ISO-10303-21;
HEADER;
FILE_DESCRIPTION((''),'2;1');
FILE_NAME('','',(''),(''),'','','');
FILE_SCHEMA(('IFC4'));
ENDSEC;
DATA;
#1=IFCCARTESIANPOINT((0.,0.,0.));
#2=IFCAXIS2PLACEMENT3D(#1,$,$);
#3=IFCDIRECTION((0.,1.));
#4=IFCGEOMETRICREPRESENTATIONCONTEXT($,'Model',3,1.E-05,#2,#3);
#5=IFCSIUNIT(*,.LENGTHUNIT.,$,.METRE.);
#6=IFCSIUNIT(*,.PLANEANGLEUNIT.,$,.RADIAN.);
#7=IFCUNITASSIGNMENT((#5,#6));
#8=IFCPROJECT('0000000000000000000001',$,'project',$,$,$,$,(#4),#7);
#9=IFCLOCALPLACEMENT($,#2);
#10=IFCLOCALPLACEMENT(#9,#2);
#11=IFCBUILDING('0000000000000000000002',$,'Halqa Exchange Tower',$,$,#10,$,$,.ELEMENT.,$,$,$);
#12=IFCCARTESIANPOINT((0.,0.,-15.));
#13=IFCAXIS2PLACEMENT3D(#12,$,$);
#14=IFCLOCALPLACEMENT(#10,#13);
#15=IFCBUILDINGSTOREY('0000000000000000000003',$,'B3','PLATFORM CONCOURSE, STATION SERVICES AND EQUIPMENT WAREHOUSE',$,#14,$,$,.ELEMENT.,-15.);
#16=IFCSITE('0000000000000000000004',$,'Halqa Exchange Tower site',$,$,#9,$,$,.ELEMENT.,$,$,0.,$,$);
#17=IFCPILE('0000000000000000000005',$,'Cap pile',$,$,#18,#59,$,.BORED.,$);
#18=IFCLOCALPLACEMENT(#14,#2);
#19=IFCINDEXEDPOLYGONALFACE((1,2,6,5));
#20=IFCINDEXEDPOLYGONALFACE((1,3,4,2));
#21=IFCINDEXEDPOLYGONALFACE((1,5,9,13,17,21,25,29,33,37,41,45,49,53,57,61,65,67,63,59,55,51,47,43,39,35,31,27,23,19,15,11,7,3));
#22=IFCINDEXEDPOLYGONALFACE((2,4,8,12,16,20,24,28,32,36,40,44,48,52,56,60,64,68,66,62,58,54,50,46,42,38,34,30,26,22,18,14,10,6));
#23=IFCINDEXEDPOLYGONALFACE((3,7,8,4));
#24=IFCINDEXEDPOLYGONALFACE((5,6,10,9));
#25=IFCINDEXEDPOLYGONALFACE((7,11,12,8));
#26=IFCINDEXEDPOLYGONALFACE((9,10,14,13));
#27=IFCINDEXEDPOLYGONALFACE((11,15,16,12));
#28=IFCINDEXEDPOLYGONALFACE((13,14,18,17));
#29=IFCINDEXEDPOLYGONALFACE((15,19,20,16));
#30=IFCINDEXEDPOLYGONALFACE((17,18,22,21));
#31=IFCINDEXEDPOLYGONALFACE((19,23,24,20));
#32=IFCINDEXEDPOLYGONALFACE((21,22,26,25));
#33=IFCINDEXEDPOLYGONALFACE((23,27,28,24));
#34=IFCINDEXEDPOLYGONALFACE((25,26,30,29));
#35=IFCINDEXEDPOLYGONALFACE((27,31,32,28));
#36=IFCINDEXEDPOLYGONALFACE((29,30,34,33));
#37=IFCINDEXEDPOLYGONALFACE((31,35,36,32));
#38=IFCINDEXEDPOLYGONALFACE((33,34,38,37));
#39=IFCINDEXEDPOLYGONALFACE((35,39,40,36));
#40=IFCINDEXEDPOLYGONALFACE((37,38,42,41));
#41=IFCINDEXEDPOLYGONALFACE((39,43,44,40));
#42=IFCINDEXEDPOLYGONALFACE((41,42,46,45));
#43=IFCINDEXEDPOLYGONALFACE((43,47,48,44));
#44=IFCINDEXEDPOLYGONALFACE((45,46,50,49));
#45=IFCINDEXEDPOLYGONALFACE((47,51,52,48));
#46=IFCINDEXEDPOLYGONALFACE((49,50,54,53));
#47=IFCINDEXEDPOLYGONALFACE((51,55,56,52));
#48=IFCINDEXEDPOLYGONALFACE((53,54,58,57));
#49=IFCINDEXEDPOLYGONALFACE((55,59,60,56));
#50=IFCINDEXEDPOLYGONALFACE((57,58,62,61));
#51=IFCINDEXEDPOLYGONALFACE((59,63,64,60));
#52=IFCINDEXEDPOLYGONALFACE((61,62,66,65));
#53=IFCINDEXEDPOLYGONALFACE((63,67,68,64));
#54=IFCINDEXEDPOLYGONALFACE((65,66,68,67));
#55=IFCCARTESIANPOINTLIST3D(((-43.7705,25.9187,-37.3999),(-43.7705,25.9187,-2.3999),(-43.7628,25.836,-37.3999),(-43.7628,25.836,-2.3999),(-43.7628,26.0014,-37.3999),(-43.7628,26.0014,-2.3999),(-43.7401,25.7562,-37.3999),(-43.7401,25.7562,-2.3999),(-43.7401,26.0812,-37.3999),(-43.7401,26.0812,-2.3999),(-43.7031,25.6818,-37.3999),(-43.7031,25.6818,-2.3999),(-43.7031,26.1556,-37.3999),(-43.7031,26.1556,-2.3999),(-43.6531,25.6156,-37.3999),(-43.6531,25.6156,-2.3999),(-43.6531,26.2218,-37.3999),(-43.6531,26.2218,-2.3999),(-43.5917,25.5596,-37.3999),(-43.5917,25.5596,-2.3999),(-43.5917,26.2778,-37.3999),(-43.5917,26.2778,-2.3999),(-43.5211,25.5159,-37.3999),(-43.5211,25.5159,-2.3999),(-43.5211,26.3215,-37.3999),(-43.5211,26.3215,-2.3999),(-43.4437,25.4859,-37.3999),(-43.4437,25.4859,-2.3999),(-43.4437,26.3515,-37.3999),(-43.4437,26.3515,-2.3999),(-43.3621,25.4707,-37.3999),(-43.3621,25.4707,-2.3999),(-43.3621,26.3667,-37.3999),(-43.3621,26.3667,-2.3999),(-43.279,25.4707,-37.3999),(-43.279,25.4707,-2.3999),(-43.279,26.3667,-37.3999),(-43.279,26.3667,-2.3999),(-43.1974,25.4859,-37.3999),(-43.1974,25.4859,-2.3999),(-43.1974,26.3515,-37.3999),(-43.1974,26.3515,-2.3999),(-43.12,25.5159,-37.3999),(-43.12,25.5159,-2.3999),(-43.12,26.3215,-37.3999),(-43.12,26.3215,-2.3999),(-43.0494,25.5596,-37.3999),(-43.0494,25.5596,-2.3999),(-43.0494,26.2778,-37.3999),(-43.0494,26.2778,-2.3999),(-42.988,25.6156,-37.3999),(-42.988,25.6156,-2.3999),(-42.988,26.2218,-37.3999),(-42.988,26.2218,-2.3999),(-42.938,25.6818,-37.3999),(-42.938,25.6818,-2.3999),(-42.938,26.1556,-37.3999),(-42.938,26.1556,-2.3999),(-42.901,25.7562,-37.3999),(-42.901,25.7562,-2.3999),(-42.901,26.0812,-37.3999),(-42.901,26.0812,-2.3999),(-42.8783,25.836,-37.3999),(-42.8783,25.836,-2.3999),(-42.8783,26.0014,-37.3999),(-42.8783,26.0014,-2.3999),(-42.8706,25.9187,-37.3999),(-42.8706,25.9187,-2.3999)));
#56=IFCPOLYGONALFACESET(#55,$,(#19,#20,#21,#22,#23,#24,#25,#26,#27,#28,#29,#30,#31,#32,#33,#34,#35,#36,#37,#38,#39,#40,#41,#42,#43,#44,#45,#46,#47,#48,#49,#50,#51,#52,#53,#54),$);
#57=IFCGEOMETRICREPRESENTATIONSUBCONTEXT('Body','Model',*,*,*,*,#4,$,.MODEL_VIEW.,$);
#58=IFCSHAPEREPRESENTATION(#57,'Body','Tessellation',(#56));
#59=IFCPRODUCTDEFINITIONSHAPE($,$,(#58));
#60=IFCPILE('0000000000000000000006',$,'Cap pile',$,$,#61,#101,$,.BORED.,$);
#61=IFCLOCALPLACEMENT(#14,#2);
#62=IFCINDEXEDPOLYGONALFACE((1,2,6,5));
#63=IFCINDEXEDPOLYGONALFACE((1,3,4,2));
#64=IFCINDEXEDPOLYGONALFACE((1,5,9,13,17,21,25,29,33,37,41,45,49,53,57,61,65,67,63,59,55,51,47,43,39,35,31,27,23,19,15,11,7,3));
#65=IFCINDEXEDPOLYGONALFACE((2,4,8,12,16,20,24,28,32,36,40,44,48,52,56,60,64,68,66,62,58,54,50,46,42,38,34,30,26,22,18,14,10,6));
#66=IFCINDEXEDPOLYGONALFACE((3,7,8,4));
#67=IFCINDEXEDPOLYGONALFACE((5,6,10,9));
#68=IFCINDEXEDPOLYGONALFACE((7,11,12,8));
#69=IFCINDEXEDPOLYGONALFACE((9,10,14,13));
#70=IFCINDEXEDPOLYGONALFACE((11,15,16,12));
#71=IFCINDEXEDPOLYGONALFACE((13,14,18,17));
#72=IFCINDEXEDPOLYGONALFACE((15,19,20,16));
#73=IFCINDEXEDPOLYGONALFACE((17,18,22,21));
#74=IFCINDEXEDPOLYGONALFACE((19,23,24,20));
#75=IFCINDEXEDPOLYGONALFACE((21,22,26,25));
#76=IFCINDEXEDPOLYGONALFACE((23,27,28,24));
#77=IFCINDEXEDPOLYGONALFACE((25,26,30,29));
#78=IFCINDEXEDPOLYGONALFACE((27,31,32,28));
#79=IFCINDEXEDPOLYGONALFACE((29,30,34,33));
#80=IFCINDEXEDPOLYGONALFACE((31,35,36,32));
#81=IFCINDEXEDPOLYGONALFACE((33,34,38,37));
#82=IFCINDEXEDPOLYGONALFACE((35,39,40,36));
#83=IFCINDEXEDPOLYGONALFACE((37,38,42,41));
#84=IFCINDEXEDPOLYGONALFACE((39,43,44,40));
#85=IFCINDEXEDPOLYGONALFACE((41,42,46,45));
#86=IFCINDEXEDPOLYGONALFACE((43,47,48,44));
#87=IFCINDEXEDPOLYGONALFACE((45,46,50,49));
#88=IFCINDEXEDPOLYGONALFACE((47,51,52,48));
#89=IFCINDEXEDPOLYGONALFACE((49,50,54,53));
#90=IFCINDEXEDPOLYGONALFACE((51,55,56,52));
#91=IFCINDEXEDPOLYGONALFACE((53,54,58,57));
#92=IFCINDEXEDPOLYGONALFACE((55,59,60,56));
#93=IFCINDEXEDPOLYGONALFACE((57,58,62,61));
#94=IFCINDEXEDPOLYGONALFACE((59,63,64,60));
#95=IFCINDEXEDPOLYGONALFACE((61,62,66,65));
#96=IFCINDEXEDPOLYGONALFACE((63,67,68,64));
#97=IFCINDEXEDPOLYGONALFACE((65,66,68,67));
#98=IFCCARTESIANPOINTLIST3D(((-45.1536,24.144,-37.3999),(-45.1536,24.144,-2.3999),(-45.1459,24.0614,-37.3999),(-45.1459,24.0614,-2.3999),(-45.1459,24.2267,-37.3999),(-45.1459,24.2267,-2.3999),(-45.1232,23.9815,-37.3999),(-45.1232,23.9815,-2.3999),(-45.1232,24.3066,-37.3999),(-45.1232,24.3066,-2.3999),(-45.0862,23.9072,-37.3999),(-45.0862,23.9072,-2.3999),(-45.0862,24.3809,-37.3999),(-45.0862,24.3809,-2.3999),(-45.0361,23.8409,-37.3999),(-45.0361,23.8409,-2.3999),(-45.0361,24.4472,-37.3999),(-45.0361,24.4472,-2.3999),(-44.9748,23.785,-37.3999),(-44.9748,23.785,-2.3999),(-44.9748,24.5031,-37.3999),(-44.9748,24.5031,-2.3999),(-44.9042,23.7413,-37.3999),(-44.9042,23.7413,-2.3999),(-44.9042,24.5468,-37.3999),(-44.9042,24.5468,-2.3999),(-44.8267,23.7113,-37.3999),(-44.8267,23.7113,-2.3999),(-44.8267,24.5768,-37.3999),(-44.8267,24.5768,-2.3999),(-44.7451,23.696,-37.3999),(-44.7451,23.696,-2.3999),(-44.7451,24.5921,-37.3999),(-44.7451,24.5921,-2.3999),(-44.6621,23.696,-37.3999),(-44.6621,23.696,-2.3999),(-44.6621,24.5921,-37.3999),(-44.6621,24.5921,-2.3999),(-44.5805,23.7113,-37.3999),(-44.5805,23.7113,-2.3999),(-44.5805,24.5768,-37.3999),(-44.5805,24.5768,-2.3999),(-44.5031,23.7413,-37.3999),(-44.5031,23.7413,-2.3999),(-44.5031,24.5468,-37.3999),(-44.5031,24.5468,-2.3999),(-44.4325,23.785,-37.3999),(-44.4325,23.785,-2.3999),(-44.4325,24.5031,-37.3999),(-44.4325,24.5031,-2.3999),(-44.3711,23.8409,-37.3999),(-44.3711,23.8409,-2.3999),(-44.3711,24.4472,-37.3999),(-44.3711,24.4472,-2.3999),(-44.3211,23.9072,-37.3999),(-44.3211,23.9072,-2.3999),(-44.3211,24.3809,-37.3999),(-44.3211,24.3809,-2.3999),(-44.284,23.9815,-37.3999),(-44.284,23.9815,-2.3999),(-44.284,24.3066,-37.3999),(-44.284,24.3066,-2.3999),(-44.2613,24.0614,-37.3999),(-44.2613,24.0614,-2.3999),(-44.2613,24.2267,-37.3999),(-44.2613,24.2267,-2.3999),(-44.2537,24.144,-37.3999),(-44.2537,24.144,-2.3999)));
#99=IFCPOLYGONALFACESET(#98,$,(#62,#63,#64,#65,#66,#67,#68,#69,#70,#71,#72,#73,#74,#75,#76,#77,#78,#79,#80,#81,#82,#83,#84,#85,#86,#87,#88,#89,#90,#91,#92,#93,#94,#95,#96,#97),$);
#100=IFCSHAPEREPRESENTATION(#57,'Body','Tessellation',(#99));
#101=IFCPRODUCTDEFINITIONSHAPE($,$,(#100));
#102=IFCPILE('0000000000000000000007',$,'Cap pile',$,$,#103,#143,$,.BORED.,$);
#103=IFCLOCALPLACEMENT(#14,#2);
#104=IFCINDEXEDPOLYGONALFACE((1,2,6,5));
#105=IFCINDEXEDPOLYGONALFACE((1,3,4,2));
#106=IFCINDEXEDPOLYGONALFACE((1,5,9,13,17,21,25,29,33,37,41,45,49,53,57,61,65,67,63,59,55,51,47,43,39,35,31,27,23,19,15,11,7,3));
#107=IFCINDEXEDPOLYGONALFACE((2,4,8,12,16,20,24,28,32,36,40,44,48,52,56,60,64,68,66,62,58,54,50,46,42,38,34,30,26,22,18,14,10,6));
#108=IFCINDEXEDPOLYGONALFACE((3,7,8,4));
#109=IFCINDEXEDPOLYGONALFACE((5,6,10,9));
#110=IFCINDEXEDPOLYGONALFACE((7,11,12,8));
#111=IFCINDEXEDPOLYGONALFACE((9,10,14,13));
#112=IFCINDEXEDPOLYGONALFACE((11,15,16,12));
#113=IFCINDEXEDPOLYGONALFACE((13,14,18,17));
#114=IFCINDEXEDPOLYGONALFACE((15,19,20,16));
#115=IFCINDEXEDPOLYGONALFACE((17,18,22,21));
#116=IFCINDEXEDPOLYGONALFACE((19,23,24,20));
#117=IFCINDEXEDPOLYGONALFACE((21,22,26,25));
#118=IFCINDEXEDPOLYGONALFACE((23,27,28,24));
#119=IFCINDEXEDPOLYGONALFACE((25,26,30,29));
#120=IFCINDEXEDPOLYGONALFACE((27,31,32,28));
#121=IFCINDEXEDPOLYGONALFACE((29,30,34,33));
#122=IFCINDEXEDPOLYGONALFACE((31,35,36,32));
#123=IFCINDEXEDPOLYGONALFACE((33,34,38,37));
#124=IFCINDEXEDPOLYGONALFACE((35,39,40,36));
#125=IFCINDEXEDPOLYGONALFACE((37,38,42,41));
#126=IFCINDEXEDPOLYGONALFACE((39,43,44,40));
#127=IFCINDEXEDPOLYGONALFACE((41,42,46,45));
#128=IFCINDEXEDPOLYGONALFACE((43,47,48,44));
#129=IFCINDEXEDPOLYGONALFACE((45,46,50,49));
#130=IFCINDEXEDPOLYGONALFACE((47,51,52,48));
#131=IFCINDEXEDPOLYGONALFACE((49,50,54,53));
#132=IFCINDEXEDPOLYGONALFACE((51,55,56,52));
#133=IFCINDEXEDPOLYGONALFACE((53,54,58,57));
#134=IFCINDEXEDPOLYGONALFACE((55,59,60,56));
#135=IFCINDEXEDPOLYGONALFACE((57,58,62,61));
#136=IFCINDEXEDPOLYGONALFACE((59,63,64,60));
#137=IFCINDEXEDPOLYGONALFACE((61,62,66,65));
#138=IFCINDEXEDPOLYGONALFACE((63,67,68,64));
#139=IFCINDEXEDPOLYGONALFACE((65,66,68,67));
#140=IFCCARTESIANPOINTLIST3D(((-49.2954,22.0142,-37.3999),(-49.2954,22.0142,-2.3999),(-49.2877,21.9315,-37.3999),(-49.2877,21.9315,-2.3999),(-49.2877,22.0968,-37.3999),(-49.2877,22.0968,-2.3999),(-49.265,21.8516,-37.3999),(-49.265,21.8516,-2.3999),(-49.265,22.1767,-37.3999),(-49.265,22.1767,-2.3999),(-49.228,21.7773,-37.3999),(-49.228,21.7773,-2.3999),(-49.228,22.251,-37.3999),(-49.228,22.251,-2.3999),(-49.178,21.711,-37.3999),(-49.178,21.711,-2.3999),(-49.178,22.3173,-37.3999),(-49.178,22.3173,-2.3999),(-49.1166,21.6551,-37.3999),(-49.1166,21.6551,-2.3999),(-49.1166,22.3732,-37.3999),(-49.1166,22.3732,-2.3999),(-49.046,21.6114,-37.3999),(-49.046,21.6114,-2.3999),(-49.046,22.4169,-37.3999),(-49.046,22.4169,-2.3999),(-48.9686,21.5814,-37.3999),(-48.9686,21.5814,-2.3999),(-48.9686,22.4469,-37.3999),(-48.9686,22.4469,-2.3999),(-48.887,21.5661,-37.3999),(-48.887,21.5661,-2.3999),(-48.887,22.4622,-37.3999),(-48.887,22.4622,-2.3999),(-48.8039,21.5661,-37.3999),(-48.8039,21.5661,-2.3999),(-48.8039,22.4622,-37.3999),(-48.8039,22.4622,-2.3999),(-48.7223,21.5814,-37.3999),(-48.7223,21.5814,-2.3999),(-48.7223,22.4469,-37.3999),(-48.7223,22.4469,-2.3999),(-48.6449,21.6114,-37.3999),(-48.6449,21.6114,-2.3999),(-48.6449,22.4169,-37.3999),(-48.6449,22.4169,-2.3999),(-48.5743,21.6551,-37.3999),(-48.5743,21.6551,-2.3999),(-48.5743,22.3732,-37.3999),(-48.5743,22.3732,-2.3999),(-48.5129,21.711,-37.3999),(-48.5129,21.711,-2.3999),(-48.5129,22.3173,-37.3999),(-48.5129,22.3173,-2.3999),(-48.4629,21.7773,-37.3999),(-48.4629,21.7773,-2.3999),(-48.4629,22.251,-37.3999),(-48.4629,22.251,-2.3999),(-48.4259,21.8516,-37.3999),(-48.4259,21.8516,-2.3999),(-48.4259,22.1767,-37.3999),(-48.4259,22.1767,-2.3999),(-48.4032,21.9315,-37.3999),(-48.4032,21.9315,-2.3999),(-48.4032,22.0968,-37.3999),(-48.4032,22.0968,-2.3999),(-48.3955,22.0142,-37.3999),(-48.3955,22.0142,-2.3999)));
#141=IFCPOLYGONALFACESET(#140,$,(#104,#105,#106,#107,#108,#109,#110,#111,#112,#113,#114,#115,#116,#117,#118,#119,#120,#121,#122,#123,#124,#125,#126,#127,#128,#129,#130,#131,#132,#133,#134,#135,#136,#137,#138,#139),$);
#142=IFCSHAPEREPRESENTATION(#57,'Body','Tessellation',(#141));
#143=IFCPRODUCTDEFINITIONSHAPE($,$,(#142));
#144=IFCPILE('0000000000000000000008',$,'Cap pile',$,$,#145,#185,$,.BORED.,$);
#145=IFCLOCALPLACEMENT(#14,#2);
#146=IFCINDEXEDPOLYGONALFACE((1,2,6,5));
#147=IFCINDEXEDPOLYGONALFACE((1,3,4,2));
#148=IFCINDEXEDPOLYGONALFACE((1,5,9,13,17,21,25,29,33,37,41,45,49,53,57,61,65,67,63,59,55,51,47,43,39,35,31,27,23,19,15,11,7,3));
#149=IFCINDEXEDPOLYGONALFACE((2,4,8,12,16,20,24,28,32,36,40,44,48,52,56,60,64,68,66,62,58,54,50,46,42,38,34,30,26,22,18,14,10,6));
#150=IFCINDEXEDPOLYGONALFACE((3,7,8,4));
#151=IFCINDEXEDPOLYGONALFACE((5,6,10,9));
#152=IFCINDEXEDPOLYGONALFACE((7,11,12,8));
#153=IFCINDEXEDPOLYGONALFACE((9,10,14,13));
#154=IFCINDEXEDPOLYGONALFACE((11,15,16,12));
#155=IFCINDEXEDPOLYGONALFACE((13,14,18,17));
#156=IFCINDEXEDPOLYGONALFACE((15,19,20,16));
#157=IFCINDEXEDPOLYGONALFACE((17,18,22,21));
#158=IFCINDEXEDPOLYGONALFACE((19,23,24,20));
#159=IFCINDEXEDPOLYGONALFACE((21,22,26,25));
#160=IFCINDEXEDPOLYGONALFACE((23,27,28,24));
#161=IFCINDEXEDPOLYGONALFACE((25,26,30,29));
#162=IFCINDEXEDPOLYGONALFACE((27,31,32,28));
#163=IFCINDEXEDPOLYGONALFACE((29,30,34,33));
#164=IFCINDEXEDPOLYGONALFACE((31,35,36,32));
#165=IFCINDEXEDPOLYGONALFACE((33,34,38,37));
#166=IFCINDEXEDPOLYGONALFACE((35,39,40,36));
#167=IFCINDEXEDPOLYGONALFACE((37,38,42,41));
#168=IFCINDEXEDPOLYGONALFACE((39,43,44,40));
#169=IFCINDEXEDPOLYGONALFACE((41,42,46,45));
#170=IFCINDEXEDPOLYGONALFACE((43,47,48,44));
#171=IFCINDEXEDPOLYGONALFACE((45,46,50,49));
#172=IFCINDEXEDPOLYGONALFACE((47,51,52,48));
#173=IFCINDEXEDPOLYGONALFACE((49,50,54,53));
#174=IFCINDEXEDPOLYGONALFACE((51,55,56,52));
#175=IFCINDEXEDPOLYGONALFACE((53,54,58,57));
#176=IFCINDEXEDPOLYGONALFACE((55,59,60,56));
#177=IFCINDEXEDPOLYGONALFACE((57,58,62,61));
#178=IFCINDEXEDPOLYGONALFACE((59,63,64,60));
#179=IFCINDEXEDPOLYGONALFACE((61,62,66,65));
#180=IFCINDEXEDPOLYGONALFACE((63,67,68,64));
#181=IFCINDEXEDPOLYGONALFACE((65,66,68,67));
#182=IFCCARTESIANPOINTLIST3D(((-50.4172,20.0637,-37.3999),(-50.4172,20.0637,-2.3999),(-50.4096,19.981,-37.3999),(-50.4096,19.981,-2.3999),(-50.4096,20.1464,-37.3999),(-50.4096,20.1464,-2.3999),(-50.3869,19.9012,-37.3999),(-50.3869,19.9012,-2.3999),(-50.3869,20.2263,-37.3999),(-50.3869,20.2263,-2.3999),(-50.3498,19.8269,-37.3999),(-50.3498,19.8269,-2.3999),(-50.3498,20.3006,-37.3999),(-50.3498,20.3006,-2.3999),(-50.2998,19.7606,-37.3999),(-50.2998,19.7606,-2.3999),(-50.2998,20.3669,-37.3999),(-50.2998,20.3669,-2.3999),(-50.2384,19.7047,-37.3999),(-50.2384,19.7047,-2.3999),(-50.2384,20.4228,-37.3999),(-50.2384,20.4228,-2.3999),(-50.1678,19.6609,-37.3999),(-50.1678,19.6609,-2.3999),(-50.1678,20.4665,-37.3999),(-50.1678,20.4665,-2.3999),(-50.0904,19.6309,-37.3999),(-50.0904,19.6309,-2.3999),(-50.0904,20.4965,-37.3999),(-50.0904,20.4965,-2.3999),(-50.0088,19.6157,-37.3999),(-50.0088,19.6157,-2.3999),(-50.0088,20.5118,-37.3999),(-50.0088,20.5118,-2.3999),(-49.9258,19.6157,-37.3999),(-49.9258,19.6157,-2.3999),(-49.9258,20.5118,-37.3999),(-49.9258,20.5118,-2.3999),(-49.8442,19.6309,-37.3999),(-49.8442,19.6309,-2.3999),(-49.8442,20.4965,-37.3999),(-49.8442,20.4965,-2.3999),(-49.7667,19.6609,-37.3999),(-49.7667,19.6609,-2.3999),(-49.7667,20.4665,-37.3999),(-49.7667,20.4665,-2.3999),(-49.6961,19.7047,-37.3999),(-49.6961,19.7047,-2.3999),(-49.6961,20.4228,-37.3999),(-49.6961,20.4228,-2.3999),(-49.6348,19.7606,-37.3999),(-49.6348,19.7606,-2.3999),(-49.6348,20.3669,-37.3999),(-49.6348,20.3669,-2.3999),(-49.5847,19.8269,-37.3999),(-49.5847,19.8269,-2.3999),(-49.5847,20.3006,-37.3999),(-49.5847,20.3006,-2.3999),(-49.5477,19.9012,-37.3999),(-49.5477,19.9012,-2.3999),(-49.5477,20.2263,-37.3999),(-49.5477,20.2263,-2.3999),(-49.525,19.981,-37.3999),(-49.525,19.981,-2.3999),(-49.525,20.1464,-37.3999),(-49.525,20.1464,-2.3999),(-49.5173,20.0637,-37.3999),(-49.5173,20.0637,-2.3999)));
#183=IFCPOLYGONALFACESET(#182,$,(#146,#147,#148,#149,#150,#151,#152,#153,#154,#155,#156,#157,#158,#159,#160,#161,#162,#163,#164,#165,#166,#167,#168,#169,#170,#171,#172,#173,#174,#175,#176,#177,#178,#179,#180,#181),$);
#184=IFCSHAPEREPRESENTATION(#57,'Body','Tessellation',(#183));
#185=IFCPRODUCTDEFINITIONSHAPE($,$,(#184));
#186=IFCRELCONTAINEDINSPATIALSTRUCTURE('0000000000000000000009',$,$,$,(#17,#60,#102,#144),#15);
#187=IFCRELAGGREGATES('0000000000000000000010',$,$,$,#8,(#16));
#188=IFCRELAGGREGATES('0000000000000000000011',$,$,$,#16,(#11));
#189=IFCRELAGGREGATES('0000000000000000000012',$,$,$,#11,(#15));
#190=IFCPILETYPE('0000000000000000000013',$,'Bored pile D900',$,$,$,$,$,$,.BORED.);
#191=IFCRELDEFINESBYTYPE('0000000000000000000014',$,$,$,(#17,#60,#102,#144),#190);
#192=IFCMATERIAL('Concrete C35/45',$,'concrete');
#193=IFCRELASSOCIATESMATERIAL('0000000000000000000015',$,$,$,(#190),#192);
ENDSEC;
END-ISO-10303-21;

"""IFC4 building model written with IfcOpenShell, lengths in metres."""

from ifc_helpers import new_model, si_unit, direction, frame, origin, origin_2d, place, context, subcontext, project, spatial, circle, extrude, material, material_profile, profile_set, type_object, element, save


model = new_model("IFC4")

# Units and contexts
model_context = context("Model", 3, precision=1e-05, world=origin(), true_north=direction((0.0, 1.0)))
body_context = subcontext(model_context, "Body", "Model", "MODEL_VIEW")
ifc_project = project(units=[si_unit("LENGTHUNIT", "METRE"), si_unit("PLANEANGLEUNIT", "RADIAN")], contexts=[model_context])

# Site, building, storey
site_placement = place(None, origin())
site = spatial("IfcSite", under=ifc_project, at=site_placement, Name="Halqa Exchange Tower site", CompositionType="ELEMENT", RefElevation=0.0)
building_placement = place(site_placement, origin())
building = spatial("IfcBuilding", under=site, at=building_placement, Name="Halqa Exchange Tower", CompositionType="ELEMENT")
storey_placement = place(building_placement, frame((0.0, 0.0, -15.0)))
storey = spatial("IfcBuildingStorey", under=building, at=storey_placement, Name="B3", Description="PLATFORM CONCOURSE, STATION SERVICES AND EQUIPMENT WAREHOUSE", CompositionType="ELEMENT", Elevation=-15.0)

# Piles
ifc_material_1 = material(Name="Concrete C35/45", Category="concrete")
ifc_material_profile_1 = material_profile(ifc_material_1, circle(Radius=0.45, at=origin_2d()), Name="D900")
ifc_profile_set_1 = profile_set([ifc_material_profile_1], Name="Concrete C35/45")
pile_type = type_object("IfcPileType", Name="Bored pile D900", PredefinedType="BORED", material=ifc_profile_set_1)
for number, where, z_axis, x_axis, name in (
    (1, (-43.3206, 25.9187, -2.3999), (0.0, 0.0, -1.0), (1.0, 0.0, 0.0), "Cap pile"),
    (2, (-44.7036, 24.144, -2.3999), (0.0, 0.0, -1.0), (1.0, 0.0, 0.0), "Cap pile"),
    (3, (-48.8455, 22.0142, -2.3999), (0.0, 0.0, -1.0), (1.0, 0.0, 0.0), "Cap pile"),
    (4, (-49.9673, 20.0637, -2.3999), (0.0, 0.0, -1.0), (1.0, 0.0, 0.0), "Cap pile"),
):
    element("IfcPile", number, at=place(storey_placement, frame(where, z_axis=z_axis, x_axis=x_axis)), inside=storey, type_object=pile_type, Name=name, PredefinedType="BORED", context=body_context, shape_type="SweptSolid", body=[
        extrude(circle(Radius=0.45, at=origin_2d()), origin(), (0.0, 0.0, 1.0), 35.0),
    ])

save(model, "model.ifc")
